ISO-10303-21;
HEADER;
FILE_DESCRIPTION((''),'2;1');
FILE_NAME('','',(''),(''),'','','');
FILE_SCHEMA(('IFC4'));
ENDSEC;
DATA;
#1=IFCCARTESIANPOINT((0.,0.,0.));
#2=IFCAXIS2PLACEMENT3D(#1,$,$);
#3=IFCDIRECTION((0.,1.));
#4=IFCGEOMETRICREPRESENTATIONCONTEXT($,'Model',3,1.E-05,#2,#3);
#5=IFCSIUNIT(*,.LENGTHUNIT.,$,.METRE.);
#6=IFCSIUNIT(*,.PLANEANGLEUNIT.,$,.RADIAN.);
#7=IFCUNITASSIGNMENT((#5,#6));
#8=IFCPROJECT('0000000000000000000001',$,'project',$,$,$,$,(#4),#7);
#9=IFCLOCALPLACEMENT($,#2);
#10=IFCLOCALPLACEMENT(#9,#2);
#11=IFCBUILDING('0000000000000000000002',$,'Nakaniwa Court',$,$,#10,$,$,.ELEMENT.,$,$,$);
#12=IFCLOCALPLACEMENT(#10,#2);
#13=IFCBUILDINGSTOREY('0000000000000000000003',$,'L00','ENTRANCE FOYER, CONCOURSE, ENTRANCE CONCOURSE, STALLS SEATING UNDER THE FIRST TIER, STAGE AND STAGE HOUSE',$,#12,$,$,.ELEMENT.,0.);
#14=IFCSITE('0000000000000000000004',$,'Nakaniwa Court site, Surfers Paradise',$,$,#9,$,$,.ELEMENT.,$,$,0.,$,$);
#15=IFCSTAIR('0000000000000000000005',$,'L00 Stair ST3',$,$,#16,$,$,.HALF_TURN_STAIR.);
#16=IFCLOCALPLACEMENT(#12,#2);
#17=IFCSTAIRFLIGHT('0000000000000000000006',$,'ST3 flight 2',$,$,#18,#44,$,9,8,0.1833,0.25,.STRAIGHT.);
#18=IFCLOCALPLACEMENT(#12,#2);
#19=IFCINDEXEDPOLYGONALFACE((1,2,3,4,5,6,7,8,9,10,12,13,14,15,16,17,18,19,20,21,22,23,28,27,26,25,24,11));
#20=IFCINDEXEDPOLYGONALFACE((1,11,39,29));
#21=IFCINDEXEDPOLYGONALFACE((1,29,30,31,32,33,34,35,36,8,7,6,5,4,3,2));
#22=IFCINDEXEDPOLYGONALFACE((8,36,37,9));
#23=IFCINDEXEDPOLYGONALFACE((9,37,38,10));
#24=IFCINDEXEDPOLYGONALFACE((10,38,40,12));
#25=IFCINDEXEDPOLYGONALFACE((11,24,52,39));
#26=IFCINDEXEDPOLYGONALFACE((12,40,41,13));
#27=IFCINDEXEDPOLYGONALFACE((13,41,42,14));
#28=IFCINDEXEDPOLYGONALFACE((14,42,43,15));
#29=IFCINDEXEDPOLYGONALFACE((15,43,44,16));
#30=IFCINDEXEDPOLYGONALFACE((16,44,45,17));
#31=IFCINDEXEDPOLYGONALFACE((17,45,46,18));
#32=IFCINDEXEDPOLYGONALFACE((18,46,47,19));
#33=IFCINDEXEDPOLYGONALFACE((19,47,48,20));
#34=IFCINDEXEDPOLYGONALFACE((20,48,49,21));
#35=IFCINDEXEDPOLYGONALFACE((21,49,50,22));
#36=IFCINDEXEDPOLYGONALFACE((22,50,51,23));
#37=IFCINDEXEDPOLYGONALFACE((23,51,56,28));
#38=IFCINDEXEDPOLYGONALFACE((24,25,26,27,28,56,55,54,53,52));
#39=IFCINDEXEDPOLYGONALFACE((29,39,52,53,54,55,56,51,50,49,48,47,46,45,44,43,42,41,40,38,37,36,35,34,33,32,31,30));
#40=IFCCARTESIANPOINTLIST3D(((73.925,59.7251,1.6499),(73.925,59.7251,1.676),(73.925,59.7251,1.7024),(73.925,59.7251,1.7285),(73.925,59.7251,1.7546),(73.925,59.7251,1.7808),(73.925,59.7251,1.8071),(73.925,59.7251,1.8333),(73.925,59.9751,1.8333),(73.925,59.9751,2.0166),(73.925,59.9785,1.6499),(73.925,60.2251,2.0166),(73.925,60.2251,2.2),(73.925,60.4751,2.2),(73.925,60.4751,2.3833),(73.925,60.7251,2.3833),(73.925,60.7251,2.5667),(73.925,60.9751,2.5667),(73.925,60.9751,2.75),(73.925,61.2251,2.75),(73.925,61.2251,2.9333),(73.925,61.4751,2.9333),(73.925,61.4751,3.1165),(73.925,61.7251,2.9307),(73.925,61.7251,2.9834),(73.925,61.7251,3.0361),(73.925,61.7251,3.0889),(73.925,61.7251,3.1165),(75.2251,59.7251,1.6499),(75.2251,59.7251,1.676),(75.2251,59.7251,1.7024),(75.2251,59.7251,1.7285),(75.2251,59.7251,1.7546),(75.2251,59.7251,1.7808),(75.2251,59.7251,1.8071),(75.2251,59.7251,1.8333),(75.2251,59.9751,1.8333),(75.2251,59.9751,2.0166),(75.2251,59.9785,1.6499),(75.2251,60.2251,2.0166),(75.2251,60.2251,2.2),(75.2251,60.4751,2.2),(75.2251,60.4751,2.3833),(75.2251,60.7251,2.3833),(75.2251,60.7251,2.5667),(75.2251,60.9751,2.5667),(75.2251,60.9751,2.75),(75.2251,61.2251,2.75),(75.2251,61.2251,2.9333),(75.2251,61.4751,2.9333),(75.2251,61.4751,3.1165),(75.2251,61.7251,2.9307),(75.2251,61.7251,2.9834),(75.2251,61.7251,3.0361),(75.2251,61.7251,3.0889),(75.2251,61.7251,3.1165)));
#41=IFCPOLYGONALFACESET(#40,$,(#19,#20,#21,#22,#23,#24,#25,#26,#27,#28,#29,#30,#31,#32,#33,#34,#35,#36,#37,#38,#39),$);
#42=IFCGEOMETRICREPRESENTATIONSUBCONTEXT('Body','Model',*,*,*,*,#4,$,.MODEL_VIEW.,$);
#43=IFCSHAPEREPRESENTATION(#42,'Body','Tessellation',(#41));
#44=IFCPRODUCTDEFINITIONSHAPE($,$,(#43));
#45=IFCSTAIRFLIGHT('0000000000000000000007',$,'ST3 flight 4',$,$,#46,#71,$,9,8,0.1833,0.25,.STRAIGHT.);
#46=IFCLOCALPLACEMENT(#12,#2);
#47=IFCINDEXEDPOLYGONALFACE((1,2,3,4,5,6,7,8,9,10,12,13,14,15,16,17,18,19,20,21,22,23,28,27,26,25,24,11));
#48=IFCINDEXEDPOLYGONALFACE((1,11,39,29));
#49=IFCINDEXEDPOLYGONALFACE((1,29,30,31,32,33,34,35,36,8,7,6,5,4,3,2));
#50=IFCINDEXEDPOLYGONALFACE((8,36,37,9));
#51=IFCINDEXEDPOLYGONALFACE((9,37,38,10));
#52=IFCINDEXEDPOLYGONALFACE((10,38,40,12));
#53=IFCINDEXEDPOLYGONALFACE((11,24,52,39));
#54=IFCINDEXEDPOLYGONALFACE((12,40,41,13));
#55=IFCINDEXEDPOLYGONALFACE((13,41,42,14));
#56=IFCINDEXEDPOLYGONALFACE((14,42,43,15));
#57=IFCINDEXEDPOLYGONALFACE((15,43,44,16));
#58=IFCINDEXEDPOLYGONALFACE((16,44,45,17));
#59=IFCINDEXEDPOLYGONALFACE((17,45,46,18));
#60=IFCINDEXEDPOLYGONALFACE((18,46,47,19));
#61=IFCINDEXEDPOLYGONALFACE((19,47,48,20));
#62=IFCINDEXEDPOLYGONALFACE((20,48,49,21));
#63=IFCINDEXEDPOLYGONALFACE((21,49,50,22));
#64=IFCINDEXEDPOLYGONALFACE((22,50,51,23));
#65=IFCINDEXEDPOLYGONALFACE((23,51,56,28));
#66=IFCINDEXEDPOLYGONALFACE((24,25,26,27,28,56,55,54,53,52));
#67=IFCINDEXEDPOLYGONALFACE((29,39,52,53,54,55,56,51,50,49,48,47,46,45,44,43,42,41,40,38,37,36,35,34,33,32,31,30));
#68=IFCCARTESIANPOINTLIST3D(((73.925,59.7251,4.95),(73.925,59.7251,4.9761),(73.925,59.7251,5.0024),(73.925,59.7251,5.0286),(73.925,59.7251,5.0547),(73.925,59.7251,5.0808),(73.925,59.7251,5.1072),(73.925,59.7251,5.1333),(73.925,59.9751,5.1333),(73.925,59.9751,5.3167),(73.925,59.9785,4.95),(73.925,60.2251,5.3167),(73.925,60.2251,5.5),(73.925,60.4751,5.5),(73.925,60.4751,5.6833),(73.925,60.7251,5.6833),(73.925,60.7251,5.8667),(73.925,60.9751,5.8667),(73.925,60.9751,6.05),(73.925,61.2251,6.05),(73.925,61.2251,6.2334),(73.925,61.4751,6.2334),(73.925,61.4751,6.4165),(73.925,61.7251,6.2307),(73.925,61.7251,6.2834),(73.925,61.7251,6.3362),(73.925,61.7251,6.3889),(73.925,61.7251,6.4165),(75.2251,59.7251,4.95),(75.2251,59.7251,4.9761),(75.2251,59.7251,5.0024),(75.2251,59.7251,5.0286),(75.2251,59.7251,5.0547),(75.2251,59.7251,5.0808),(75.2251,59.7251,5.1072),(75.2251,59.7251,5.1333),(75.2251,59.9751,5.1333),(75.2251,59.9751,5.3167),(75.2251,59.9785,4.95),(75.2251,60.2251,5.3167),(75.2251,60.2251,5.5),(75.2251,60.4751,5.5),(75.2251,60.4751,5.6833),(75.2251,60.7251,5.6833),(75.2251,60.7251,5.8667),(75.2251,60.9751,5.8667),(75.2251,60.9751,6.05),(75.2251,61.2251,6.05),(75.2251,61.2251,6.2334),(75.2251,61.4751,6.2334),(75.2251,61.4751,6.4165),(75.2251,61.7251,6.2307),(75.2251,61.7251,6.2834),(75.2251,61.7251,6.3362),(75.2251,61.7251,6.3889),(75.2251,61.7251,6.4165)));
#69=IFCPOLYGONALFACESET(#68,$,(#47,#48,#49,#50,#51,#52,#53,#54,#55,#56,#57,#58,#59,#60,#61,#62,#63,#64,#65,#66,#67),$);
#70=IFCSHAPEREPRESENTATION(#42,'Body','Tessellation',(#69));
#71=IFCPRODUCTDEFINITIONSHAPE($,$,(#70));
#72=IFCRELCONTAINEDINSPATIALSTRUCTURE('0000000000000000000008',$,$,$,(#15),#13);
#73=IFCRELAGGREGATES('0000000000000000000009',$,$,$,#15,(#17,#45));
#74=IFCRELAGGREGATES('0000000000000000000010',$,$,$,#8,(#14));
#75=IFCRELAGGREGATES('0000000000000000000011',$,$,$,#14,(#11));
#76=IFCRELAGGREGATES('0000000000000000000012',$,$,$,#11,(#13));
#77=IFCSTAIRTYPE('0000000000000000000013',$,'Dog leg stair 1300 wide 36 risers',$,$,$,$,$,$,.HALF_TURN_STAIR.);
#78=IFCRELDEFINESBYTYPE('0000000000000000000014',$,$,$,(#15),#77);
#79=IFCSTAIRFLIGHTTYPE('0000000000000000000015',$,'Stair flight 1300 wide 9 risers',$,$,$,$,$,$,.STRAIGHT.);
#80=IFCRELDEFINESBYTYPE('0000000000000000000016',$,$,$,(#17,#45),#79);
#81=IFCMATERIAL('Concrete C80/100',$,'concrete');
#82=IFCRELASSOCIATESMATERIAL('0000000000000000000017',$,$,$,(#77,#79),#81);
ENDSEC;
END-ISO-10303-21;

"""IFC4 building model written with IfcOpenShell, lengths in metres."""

from ifc_helpers import new_model, si_unit, direction, frame, origin, place, context, subcontext, project, spatial, polyline, outline, extrude, material, type_object, element, aggregate, save


model = new_model("IFC4")

# Units and contexts
model_context = context("Model", 3, precision=1e-05, world=origin(), true_north=direction((0.0, 1.0)))
body_context = subcontext(model_context, "Body", "Model", "MODEL_VIEW")
ifc_project = project(units=[si_unit("LENGTHUNIT", "METRE"), si_unit("PLANEANGLEUNIT", "RADIAN")], contexts=[model_context])

# Site, building, storey
site_placement = place(None, origin())
site = spatial("IfcSite", under=ifc_project, at=site_placement, Name="Nakaniwa Court site, Surfers Paradise", CompositionType="ELEMENT", RefElevation=0.0)
building_placement = place(site_placement, origin())
building = spatial("IfcBuilding", under=site, at=building_placement, Name="Nakaniwa Court", CompositionType="ELEMENT")
storey_placement = place(building_placement, origin())
storey = spatial("IfcBuildingStorey", under=building, at=storey_placement, Name="L00", Description="ENTRANCE FOYER, CONCOURSE, ENTRANCE CONCOURSE, STALLS SEATING UNDER THE FIRST TIER, STAGE AND STAGE HOUSE", CompositionType="ELEMENT", Elevation=0.0)

# Stair, stair flights
ifc_material_1 = material(Name="Concrete C80/100", Category="concrete")
stair_type = type_object("IfcStairType", Name="Dog leg stair 1300 wide 36 risers", PredefinedType="HALF_TURN_STAIR", material=ifc_material_1)
stair_placement = place(storey_placement, origin())
stair = element("IfcStair", 1, at=stair_placement, inside=storey, type_object=stair_type, Name="L00 Stair ST3", PredefinedType="HALF_TURN_STAIR")
stair_flight_type = type_object("IfcStairFlightType", Name="Stair flight 1300 wide 9 risers", PredefinedType="STRAIGHT", material=ifc_material_1)
stair_flight_1_placement = place(storey_placement, frame((74.575, 59.7251, 1.6499), z_axis=(0.0, 0.0, 1.0), x_axis=(0.0, 1.0, 0.0)))
stair_flight_1 = element("IfcStairFlight", 2, at=stair_flight_1_placement, type_object=stair_flight_type, Name="ST3 flight 2", NumberOfRisers=9, NumberOfTreads=8, PredefinedType="STRAIGHT", RiserHeight=0.1833, TreadLength=0.25, context=body_context, shape_type="SweptSolid", body=[
    extrude(outline(polyline([(0.0, 0.0), (0.0, 0.0261), (0.0, 0.0525), (0.0, 0.0786), (0.0, 0.1047), (0.0, 0.1309), (0.0, 0.1572), (0.0, 0.1833), (0.25, 0.1833), (0.25, 0.3667), (0.5, 0.3667), (0.5, 0.55), (0.75, 0.55), (0.75, 0.7334), (1.0, 0.7334), (1.0, 0.9167), (1.25, 0.9167), (1.25, 1.1001), (1.5, 1.1001), (1.5, 1.2834), (1.75, 1.2834), (1.75, 1.4666), (2.0, 1.4666), (2.0, 1.6499), (2.0, 1.5972), (2.0, 1.5444), (2.0, 1.4917), (2.0, 1.439), (2.0, 1.3862), (2.0, 1.3335), (2.0, 1.2808), (0.2534, 0.0), (0.0, 0.0)])), frame((0.0, 0.6499, 0.0), z_axis=(0.0, -1.0, 0.0), x_axis=(1.0, 0.0, 0.0)), (0.0, 0.0, 1.0), 1.3),
])
stair_flight_2_placement = place(storey_placement, frame((74.575, 59.7251, 4.95), z_axis=(0.0, 0.0, 1.0), x_axis=(0.0, 1.0, 0.0)))
stair_flight_2 = element("IfcStairFlight", 3, at=stair_flight_2_placement, type_object=stair_flight_type, Name="ST3 flight 4", NumberOfRisers=9, NumberOfTreads=8, PredefinedType="STRAIGHT", RiserHeight=0.1833, TreadLength=0.25, context=body_context, shape_type="SweptSolid", body=[
    extrude(outline(polyline([(0.0, 0.0), (0.0, 0.0261), (0.0, 0.0525), (0.0, 0.0786), (0.0, 0.1047), (0.0, 0.1309), (0.0, 0.1572), (0.0, 0.1833), (0.25, 0.1833), (0.25, 0.3667), (0.5, 0.3667), (0.5, 0.55), (0.75, 0.55), (0.75, 0.7334), (1.0, 0.7334), (1.0, 0.9167), (1.25, 0.9167), (1.25, 1.1001), (1.5, 1.1001), (1.5, 1.2834), (1.75, 1.2834), (1.75, 1.4666), (2.0, 1.4666), (2.0, 1.6499), (2.0, 1.5972), (2.0, 1.5444), (2.0, 1.4917), (2.0, 1.439), (2.0, 1.3862), (2.0, 1.3335), (2.0, 1.2808), (0.2534, 0.0), (0.0, 0.0)])), frame((0.0, 0.6499, 0.0), z_axis=(0.0, -1.0, 0.0), x_axis=(1.0, 0.0, 0.0)), (0.0, 0.0, 1.0), 1.3),
])
aggregate(stair, [stair_flight_1, stair_flight_2])

save(model, "model.ifc")
